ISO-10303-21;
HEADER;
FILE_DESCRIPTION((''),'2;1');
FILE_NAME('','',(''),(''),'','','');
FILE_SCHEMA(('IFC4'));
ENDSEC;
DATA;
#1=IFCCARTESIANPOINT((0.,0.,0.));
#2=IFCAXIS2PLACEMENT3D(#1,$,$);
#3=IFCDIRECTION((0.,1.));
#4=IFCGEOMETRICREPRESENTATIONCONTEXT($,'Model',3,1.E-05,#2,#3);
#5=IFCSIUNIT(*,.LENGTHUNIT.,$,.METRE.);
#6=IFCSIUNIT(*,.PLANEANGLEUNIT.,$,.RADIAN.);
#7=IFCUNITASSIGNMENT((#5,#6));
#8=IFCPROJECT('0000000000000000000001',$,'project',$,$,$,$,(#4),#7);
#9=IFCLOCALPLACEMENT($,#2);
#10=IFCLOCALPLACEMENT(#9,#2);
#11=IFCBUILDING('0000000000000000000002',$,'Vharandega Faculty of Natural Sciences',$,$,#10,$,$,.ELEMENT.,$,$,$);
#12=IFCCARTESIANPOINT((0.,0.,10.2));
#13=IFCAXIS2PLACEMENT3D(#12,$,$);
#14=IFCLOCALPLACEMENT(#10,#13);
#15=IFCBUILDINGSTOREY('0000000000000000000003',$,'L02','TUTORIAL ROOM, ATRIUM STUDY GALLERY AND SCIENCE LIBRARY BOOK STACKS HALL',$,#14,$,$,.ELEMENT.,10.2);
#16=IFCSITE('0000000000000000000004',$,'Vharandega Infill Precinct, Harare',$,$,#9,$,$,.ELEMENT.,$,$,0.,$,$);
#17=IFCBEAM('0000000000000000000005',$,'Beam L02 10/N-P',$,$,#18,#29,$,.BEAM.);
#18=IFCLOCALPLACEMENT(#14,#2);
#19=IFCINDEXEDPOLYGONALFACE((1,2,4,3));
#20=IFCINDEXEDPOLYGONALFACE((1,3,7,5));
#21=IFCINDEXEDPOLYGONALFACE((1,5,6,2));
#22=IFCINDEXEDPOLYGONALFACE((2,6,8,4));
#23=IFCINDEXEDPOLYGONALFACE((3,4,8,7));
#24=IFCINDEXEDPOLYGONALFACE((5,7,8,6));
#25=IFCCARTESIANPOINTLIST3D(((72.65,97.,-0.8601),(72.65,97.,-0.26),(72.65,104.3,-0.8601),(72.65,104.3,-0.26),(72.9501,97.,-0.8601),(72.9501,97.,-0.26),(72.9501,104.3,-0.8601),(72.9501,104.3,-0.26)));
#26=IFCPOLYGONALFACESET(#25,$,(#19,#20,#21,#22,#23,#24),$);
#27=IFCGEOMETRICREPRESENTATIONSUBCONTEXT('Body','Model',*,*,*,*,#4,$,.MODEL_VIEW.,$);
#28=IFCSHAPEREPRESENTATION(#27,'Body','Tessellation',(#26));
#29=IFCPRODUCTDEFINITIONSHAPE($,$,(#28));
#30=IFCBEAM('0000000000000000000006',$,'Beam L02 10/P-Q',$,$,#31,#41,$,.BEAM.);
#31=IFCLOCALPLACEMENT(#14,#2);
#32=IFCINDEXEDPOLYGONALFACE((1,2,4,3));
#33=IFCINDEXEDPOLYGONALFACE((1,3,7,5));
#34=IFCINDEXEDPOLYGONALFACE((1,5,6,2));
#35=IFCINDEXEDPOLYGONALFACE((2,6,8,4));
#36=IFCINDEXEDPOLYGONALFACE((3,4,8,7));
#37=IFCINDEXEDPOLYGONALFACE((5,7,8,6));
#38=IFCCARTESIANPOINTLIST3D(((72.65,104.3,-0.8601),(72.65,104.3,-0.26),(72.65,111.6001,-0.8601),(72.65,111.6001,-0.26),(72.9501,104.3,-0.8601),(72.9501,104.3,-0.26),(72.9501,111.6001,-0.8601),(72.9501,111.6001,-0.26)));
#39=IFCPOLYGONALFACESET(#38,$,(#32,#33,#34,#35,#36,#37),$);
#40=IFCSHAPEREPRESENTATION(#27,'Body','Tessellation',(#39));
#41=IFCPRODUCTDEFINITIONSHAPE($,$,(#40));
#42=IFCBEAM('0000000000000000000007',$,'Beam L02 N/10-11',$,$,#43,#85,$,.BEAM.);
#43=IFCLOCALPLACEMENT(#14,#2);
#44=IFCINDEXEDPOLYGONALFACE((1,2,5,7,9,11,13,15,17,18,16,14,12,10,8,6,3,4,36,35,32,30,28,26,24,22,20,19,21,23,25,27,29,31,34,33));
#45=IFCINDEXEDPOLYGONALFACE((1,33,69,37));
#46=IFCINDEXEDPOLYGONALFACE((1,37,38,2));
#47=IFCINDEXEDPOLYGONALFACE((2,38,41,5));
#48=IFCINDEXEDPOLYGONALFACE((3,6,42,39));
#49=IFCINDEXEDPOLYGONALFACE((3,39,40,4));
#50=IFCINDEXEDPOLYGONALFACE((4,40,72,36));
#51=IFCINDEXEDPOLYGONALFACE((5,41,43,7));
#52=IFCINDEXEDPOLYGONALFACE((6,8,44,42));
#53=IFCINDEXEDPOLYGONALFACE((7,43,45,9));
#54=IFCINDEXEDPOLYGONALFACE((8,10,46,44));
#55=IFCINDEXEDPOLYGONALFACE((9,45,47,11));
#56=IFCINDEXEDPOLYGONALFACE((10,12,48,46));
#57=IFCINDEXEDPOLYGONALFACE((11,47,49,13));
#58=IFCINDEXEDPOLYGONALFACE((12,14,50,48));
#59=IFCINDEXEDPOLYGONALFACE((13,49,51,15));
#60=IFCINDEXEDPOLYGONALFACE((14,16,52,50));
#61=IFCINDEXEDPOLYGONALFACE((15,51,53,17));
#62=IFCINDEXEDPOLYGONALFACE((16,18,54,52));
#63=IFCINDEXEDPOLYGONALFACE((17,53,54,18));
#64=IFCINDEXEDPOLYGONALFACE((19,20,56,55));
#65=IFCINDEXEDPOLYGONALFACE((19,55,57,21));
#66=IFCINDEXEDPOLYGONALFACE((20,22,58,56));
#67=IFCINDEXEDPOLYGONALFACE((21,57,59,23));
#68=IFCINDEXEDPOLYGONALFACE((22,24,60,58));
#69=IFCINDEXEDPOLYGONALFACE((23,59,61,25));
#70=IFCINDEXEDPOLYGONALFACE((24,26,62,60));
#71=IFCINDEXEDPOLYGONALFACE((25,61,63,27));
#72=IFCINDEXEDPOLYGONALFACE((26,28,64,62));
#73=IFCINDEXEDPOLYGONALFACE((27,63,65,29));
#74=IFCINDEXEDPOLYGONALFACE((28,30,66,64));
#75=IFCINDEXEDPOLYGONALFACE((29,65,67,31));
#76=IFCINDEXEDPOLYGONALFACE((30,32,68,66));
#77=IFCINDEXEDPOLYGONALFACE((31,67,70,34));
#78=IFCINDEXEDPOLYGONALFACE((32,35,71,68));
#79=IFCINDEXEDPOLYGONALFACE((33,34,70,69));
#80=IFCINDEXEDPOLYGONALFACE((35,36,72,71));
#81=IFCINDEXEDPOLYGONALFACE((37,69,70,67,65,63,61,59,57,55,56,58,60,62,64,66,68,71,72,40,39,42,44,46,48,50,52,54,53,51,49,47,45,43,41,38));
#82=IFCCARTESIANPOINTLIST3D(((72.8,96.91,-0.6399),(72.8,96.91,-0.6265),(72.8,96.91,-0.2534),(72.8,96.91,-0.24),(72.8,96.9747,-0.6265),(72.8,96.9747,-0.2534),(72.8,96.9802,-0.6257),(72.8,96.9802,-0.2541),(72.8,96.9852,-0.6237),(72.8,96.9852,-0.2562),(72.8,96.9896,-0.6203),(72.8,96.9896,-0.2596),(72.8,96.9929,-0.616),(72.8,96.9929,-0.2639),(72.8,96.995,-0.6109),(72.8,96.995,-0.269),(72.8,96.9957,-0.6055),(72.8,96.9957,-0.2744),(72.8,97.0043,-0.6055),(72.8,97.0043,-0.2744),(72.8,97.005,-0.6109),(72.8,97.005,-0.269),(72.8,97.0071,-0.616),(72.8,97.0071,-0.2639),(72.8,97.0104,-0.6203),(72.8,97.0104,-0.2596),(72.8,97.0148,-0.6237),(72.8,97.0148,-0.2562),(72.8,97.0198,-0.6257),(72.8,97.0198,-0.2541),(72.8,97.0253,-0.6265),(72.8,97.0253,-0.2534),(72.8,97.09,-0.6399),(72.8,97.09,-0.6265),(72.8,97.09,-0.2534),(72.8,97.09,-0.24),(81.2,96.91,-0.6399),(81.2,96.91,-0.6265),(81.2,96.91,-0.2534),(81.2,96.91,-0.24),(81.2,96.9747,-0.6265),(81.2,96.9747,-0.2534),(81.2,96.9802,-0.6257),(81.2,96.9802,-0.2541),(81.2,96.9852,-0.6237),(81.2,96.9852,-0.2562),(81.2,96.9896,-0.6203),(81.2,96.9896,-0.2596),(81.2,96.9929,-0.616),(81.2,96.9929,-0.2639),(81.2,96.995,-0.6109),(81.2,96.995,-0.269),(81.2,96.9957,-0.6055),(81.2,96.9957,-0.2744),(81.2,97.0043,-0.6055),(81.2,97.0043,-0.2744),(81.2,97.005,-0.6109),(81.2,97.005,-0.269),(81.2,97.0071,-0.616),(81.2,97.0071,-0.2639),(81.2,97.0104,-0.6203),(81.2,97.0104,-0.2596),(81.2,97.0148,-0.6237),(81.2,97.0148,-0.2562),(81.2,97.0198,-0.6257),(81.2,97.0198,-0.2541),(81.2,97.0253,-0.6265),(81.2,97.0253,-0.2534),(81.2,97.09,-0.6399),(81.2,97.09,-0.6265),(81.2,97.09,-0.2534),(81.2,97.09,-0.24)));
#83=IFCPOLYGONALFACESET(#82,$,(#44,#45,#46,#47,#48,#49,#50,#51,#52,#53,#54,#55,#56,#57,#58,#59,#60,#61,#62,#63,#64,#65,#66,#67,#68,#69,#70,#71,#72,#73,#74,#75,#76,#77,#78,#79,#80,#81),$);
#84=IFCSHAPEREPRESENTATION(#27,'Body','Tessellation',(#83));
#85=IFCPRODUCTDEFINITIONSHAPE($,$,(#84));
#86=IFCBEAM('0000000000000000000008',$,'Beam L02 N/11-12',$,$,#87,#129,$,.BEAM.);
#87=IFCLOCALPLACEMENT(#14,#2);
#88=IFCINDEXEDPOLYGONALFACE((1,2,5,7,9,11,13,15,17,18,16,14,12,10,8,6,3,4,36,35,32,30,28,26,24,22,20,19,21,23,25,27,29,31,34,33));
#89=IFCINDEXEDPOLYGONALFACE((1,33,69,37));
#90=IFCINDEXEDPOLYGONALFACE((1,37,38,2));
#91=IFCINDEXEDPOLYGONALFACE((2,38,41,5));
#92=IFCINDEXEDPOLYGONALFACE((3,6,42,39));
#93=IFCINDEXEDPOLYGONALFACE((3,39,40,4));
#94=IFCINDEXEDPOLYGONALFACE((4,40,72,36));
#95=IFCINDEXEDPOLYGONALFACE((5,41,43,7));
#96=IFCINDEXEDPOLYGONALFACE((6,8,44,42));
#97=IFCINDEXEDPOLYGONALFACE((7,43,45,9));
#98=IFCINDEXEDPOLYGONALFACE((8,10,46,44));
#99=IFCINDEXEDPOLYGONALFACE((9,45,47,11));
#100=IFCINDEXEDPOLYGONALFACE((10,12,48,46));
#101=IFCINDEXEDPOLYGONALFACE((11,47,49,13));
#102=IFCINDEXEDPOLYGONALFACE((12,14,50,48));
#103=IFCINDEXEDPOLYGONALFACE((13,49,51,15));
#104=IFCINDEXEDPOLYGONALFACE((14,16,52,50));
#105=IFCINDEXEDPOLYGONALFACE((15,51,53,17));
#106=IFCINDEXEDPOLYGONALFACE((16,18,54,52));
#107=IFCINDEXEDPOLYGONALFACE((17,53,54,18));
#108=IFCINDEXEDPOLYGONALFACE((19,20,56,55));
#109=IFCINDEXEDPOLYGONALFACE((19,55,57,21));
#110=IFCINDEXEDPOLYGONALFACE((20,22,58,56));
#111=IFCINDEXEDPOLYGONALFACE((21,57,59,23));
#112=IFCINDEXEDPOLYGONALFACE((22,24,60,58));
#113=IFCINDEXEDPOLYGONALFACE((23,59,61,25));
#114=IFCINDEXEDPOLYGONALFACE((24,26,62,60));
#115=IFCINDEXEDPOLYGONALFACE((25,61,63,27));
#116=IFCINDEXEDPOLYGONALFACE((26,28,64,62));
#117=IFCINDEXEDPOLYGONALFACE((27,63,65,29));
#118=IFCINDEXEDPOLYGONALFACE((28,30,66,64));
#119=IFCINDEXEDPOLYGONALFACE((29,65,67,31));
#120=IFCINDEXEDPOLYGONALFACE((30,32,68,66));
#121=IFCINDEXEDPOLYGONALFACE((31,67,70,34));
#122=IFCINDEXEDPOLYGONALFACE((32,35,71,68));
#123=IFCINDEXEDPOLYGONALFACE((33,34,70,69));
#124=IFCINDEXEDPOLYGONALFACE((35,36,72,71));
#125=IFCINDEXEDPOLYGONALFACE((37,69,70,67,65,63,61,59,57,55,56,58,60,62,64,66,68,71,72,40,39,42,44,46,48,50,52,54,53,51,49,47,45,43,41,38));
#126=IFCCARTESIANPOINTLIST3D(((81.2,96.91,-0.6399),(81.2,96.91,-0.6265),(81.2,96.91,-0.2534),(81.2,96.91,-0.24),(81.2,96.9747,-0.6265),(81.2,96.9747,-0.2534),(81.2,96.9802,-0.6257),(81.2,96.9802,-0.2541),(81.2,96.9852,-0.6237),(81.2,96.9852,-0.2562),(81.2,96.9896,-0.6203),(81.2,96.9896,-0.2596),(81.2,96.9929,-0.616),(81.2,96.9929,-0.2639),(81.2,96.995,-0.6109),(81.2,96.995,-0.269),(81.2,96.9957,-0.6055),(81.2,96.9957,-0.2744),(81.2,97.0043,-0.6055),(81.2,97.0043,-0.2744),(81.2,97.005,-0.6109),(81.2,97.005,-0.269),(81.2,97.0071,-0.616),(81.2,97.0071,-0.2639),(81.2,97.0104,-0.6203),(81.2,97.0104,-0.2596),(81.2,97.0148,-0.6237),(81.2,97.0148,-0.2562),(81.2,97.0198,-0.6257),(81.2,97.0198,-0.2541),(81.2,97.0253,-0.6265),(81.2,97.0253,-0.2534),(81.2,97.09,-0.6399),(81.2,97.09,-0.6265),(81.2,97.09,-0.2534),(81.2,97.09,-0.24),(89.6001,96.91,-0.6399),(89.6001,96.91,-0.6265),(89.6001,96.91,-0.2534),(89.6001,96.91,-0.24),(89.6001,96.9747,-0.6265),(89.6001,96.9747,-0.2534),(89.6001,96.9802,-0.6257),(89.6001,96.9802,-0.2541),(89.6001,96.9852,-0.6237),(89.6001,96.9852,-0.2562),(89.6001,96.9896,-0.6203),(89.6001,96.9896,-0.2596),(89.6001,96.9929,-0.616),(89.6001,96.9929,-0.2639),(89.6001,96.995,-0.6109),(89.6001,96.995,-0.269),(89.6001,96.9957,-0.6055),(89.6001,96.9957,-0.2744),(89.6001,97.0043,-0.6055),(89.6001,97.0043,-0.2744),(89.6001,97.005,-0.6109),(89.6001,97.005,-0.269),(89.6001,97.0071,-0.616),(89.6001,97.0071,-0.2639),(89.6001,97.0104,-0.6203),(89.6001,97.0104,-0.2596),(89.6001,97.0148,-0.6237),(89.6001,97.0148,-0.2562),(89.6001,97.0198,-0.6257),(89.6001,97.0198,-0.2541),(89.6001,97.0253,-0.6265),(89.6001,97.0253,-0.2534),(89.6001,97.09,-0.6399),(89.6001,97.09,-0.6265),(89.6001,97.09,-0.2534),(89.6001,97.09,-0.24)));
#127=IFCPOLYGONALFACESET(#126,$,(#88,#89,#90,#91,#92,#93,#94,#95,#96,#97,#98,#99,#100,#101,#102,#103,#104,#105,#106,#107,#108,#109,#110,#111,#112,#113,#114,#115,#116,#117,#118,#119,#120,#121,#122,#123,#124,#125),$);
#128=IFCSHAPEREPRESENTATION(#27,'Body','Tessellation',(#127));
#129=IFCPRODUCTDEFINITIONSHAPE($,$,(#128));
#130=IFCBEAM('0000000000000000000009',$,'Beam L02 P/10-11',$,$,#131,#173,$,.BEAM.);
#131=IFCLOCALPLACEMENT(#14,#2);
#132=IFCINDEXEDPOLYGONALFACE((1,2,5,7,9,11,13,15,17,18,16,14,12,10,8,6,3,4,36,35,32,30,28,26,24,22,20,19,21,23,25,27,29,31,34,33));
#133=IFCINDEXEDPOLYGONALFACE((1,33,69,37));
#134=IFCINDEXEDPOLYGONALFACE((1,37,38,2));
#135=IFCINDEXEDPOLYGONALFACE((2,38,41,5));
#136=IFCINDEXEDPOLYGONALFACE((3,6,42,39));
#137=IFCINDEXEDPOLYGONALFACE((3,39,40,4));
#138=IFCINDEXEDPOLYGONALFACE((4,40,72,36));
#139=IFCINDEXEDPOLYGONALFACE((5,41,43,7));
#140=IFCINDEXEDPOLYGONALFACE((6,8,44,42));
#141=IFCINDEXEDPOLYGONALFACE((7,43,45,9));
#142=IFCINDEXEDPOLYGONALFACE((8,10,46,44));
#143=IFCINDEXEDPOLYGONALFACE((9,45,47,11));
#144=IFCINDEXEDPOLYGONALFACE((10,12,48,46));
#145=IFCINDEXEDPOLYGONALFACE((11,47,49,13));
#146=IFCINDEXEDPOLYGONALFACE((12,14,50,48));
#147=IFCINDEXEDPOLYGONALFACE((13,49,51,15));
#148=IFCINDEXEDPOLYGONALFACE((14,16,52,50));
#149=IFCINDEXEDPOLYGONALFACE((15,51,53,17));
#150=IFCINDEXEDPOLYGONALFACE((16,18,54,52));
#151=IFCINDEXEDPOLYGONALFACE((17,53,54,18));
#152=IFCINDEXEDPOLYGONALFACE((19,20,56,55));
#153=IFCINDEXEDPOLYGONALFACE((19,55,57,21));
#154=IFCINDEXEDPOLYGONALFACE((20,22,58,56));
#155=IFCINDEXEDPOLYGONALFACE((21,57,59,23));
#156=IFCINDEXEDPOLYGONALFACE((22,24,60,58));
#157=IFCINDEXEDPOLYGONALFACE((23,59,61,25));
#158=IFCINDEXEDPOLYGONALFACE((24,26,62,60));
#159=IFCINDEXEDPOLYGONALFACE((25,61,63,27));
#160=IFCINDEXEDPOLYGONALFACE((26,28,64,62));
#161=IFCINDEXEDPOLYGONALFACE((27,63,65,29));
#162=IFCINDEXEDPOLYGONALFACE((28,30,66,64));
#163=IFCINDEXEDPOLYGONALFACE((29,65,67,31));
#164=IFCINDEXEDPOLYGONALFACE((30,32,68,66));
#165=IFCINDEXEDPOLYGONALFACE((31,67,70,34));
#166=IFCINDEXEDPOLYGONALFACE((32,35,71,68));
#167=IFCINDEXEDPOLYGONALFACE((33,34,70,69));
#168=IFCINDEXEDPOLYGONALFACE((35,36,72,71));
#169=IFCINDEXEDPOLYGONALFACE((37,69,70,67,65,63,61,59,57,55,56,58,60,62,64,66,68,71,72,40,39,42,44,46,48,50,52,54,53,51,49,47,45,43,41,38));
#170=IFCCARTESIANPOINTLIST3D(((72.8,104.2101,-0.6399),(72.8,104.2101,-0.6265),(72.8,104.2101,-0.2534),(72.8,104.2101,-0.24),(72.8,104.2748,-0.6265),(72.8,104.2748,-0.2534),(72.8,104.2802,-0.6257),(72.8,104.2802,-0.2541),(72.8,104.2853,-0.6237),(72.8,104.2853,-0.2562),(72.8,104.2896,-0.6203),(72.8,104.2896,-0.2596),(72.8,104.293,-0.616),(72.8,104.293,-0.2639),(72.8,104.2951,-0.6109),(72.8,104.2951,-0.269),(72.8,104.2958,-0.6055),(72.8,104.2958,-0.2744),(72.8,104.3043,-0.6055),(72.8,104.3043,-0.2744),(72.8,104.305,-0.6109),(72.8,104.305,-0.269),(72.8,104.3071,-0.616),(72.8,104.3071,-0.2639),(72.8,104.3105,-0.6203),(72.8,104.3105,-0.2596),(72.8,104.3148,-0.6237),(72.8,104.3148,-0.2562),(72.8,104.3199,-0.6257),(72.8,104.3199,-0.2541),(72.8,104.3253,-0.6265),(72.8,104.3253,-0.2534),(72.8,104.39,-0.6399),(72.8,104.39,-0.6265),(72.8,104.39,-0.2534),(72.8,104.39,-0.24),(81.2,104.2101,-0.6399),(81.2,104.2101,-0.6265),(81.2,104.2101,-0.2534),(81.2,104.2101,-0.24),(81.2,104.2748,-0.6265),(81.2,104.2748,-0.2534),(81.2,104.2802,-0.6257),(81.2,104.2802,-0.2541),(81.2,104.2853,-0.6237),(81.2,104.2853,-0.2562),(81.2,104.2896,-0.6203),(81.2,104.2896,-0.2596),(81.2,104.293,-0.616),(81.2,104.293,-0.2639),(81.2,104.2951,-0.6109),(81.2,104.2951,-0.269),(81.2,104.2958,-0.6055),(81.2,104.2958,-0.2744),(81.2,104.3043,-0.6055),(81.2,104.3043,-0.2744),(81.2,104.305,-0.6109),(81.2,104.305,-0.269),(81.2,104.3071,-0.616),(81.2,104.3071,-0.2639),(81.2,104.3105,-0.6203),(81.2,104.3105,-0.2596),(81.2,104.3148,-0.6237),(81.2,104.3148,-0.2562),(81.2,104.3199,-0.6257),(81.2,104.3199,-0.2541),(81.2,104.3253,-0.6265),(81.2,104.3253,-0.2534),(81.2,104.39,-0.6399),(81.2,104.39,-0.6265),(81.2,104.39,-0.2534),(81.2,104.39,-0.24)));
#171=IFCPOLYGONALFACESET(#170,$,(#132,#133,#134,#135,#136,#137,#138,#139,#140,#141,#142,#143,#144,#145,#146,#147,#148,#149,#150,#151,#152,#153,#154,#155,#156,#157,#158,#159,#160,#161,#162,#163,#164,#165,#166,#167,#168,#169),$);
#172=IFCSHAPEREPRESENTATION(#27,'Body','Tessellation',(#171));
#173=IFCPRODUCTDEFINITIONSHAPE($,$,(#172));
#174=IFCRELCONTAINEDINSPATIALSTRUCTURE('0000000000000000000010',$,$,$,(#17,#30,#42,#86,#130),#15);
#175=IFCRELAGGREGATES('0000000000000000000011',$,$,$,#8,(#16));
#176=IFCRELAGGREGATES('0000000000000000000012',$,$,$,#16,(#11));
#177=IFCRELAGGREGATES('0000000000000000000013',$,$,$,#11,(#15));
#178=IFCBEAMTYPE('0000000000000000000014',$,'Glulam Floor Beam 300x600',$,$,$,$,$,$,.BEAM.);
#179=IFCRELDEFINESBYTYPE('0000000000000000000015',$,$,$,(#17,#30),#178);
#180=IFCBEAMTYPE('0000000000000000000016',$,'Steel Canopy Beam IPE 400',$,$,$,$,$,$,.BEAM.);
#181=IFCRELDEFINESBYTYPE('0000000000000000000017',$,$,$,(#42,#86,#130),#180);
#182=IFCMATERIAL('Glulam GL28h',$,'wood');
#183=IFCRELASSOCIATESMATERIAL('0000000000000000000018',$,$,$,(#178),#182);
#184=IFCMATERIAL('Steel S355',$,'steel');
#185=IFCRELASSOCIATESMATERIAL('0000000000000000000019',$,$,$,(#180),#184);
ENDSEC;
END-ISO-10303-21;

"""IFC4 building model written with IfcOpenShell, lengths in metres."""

from ifc_helpers import new_model, si_unit, direction, frame, origin, origin_2d, place, context, subcontext, project, spatial, rectangle, i_section, extrude, material, material_profile, profile_set, type_object, element, save


model = new_model("IFC4")

# Units and contexts
model_context = context("Model", 3, precision=1e-05, world=origin(), true_north=direction((0.0, 1.0)))
body_context = subcontext(model_context, "Body", "Model", "MODEL_VIEW")
ifc_project = project(units=[si_unit("LENGTHUNIT", "METRE"), si_unit("PLANEANGLEUNIT", "RADIAN")], contexts=[model_context])

# Site, building, storey
site_placement = place(None, origin())
site = spatial("IfcSite", under=ifc_project, at=site_placement, Name="Vharandega Infill Precinct, Harare", CompositionType="ELEMENT", RefElevation=0.0)
building_placement = place(site_placement, origin())
building = spatial("IfcBuilding", under=site, at=building_placement, Name="Vharandega Faculty of Natural Sciences", CompositionType="ELEMENT")
storey_placement = place(building_placement, frame((0.0, 0.0, 10.2)))
storey = spatial("IfcBuildingStorey", under=building, at=storey_placement, Name="L02", Description="TUTORIAL ROOM, ATRIUM STUDY GALLERY AND SCIENCE LIBRARY BOOK STACKS HALL", CompositionType="ELEMENT", Elevation=10.2)

# Beams
ifc_material_1 = material(Name="Glulam GL28h", Category="wood")
ifc_material_profile_1 = material_profile(ifc_material_1, rectangle(XDim=0.3, YDim=0.6001, at=origin_2d()), Name="GL28h 300x600")
ifc_profile_set_1 = profile_set([ifc_material_profile_1], Name="Glulam GL28h")
beam_type_1 = type_object("IfcBeamType", Name="Glulam Floor Beam 300x600", PredefinedType="BEAM", material=ifc_profile_set_1)
for number, where, z_axis, x_axis, name in (
    (1, (72.8, 97.0, -0.5601), (0.0, 1.0, 0.0), (-1.0, 0.0, 0.0), "Beam L02 10/N-P"),
    (2, (72.8, 104.3, -0.5601), (0.0, 1.0, 0.0), (-1.0, 0.0, 0.0), "Beam L02 10/P-Q"),
):
    element("IfcBeam", number, at=place(storey_placement, frame(where, z_axis=z_axis, x_axis=x_axis)), inside=storey, type_object=beam_type_1, Name=name, PredefinedType="BEAM", context=body_context, shape_type="SweptSolid", body=[
        extrude(rectangle(XDim=0.3, YDim=0.6001, at=origin_2d()), origin(), (0.0, 0.0, 1.0), 7.3),
    ])
ifc_material_2 = material(Name="Steel S355", Category="steel")
ifc_material_profile_2 = material_profile(ifc_material_2, i_section(OverallWidth=0.1799, OverallDepth=0.3999, WebThickness=0.0085, FlangeThickness=0.0134, FilletRadius=0.021, at=origin_2d()), Name="IPE 400")
ifc_profile_set_2 = profile_set([ifc_material_profile_2], Name="Steel S355")
beam_type_2 = type_object("IfcBeamType", Name="Steel Canopy Beam IPE 400", PredefinedType="BEAM", material=ifc_profile_set_2)
beam_1_placement = place(storey_placement, frame((72.8, 97.0, -0.4399), z_axis=(1.0, 0.0, 0.0), x_axis=(0.0, 1.0, 0.0)))
element("IfcBeam", 3, at=beam_1_placement, inside=storey, type_object=beam_type_2, Name="Beam L02 N/10-11", PredefinedType="BEAM", context=body_context, shape_type="SweptSolid", body=[
    extrude(i_section(OverallWidth=0.1799, OverallDepth=0.3999, WebThickness=0.0085, FlangeThickness=0.0134, FilletRadius=0.021, at=origin_2d()), origin(), (0.0, 0.0, 1.0), 8.3999),
])
beam_2_placement = place(storey_placement, frame((81.2, 97.0, -0.4399), z_axis=(1.0, 0.0, 0.0), x_axis=(0.0, 1.0, 0.0)))
element("IfcBeam", 4, at=beam_2_placement, inside=storey, type_object=beam_type_2, Name="Beam L02 N/11-12", PredefinedType="BEAM", context=body_context, shape_type="SweptSolid", body=[
    extrude(i_section(OverallWidth=0.1799, OverallDepth=0.3999, WebThickness=0.0085, FlangeThickness=0.0134, FilletRadius=0.021, at=origin_2d()), origin(), (0.0, 0.0, 1.0), 8.4001),
])
beam_3_placement = place(storey_placement, frame((72.8, 104.3, -0.4399), z_axis=(1.0, 0.0, 0.0), x_axis=(0.0, 1.0, 0.0)))
element("IfcBeam", 5, at=beam_3_placement, inside=storey, type_object=beam_type_2, Name="Beam L02 P/10-11", PredefinedType="BEAM", context=body_context, shape_type="SweptSolid", body=[
    extrude(i_section(OverallWidth=0.1799, OverallDepth=0.3999, WebThickness=0.0085, FlangeThickness=0.0134, FilletRadius=0.021, at=origin_2d()), origin(), (0.0, 0.0, 1.0), 8.3999),
])

save(model, "model.ifc")
